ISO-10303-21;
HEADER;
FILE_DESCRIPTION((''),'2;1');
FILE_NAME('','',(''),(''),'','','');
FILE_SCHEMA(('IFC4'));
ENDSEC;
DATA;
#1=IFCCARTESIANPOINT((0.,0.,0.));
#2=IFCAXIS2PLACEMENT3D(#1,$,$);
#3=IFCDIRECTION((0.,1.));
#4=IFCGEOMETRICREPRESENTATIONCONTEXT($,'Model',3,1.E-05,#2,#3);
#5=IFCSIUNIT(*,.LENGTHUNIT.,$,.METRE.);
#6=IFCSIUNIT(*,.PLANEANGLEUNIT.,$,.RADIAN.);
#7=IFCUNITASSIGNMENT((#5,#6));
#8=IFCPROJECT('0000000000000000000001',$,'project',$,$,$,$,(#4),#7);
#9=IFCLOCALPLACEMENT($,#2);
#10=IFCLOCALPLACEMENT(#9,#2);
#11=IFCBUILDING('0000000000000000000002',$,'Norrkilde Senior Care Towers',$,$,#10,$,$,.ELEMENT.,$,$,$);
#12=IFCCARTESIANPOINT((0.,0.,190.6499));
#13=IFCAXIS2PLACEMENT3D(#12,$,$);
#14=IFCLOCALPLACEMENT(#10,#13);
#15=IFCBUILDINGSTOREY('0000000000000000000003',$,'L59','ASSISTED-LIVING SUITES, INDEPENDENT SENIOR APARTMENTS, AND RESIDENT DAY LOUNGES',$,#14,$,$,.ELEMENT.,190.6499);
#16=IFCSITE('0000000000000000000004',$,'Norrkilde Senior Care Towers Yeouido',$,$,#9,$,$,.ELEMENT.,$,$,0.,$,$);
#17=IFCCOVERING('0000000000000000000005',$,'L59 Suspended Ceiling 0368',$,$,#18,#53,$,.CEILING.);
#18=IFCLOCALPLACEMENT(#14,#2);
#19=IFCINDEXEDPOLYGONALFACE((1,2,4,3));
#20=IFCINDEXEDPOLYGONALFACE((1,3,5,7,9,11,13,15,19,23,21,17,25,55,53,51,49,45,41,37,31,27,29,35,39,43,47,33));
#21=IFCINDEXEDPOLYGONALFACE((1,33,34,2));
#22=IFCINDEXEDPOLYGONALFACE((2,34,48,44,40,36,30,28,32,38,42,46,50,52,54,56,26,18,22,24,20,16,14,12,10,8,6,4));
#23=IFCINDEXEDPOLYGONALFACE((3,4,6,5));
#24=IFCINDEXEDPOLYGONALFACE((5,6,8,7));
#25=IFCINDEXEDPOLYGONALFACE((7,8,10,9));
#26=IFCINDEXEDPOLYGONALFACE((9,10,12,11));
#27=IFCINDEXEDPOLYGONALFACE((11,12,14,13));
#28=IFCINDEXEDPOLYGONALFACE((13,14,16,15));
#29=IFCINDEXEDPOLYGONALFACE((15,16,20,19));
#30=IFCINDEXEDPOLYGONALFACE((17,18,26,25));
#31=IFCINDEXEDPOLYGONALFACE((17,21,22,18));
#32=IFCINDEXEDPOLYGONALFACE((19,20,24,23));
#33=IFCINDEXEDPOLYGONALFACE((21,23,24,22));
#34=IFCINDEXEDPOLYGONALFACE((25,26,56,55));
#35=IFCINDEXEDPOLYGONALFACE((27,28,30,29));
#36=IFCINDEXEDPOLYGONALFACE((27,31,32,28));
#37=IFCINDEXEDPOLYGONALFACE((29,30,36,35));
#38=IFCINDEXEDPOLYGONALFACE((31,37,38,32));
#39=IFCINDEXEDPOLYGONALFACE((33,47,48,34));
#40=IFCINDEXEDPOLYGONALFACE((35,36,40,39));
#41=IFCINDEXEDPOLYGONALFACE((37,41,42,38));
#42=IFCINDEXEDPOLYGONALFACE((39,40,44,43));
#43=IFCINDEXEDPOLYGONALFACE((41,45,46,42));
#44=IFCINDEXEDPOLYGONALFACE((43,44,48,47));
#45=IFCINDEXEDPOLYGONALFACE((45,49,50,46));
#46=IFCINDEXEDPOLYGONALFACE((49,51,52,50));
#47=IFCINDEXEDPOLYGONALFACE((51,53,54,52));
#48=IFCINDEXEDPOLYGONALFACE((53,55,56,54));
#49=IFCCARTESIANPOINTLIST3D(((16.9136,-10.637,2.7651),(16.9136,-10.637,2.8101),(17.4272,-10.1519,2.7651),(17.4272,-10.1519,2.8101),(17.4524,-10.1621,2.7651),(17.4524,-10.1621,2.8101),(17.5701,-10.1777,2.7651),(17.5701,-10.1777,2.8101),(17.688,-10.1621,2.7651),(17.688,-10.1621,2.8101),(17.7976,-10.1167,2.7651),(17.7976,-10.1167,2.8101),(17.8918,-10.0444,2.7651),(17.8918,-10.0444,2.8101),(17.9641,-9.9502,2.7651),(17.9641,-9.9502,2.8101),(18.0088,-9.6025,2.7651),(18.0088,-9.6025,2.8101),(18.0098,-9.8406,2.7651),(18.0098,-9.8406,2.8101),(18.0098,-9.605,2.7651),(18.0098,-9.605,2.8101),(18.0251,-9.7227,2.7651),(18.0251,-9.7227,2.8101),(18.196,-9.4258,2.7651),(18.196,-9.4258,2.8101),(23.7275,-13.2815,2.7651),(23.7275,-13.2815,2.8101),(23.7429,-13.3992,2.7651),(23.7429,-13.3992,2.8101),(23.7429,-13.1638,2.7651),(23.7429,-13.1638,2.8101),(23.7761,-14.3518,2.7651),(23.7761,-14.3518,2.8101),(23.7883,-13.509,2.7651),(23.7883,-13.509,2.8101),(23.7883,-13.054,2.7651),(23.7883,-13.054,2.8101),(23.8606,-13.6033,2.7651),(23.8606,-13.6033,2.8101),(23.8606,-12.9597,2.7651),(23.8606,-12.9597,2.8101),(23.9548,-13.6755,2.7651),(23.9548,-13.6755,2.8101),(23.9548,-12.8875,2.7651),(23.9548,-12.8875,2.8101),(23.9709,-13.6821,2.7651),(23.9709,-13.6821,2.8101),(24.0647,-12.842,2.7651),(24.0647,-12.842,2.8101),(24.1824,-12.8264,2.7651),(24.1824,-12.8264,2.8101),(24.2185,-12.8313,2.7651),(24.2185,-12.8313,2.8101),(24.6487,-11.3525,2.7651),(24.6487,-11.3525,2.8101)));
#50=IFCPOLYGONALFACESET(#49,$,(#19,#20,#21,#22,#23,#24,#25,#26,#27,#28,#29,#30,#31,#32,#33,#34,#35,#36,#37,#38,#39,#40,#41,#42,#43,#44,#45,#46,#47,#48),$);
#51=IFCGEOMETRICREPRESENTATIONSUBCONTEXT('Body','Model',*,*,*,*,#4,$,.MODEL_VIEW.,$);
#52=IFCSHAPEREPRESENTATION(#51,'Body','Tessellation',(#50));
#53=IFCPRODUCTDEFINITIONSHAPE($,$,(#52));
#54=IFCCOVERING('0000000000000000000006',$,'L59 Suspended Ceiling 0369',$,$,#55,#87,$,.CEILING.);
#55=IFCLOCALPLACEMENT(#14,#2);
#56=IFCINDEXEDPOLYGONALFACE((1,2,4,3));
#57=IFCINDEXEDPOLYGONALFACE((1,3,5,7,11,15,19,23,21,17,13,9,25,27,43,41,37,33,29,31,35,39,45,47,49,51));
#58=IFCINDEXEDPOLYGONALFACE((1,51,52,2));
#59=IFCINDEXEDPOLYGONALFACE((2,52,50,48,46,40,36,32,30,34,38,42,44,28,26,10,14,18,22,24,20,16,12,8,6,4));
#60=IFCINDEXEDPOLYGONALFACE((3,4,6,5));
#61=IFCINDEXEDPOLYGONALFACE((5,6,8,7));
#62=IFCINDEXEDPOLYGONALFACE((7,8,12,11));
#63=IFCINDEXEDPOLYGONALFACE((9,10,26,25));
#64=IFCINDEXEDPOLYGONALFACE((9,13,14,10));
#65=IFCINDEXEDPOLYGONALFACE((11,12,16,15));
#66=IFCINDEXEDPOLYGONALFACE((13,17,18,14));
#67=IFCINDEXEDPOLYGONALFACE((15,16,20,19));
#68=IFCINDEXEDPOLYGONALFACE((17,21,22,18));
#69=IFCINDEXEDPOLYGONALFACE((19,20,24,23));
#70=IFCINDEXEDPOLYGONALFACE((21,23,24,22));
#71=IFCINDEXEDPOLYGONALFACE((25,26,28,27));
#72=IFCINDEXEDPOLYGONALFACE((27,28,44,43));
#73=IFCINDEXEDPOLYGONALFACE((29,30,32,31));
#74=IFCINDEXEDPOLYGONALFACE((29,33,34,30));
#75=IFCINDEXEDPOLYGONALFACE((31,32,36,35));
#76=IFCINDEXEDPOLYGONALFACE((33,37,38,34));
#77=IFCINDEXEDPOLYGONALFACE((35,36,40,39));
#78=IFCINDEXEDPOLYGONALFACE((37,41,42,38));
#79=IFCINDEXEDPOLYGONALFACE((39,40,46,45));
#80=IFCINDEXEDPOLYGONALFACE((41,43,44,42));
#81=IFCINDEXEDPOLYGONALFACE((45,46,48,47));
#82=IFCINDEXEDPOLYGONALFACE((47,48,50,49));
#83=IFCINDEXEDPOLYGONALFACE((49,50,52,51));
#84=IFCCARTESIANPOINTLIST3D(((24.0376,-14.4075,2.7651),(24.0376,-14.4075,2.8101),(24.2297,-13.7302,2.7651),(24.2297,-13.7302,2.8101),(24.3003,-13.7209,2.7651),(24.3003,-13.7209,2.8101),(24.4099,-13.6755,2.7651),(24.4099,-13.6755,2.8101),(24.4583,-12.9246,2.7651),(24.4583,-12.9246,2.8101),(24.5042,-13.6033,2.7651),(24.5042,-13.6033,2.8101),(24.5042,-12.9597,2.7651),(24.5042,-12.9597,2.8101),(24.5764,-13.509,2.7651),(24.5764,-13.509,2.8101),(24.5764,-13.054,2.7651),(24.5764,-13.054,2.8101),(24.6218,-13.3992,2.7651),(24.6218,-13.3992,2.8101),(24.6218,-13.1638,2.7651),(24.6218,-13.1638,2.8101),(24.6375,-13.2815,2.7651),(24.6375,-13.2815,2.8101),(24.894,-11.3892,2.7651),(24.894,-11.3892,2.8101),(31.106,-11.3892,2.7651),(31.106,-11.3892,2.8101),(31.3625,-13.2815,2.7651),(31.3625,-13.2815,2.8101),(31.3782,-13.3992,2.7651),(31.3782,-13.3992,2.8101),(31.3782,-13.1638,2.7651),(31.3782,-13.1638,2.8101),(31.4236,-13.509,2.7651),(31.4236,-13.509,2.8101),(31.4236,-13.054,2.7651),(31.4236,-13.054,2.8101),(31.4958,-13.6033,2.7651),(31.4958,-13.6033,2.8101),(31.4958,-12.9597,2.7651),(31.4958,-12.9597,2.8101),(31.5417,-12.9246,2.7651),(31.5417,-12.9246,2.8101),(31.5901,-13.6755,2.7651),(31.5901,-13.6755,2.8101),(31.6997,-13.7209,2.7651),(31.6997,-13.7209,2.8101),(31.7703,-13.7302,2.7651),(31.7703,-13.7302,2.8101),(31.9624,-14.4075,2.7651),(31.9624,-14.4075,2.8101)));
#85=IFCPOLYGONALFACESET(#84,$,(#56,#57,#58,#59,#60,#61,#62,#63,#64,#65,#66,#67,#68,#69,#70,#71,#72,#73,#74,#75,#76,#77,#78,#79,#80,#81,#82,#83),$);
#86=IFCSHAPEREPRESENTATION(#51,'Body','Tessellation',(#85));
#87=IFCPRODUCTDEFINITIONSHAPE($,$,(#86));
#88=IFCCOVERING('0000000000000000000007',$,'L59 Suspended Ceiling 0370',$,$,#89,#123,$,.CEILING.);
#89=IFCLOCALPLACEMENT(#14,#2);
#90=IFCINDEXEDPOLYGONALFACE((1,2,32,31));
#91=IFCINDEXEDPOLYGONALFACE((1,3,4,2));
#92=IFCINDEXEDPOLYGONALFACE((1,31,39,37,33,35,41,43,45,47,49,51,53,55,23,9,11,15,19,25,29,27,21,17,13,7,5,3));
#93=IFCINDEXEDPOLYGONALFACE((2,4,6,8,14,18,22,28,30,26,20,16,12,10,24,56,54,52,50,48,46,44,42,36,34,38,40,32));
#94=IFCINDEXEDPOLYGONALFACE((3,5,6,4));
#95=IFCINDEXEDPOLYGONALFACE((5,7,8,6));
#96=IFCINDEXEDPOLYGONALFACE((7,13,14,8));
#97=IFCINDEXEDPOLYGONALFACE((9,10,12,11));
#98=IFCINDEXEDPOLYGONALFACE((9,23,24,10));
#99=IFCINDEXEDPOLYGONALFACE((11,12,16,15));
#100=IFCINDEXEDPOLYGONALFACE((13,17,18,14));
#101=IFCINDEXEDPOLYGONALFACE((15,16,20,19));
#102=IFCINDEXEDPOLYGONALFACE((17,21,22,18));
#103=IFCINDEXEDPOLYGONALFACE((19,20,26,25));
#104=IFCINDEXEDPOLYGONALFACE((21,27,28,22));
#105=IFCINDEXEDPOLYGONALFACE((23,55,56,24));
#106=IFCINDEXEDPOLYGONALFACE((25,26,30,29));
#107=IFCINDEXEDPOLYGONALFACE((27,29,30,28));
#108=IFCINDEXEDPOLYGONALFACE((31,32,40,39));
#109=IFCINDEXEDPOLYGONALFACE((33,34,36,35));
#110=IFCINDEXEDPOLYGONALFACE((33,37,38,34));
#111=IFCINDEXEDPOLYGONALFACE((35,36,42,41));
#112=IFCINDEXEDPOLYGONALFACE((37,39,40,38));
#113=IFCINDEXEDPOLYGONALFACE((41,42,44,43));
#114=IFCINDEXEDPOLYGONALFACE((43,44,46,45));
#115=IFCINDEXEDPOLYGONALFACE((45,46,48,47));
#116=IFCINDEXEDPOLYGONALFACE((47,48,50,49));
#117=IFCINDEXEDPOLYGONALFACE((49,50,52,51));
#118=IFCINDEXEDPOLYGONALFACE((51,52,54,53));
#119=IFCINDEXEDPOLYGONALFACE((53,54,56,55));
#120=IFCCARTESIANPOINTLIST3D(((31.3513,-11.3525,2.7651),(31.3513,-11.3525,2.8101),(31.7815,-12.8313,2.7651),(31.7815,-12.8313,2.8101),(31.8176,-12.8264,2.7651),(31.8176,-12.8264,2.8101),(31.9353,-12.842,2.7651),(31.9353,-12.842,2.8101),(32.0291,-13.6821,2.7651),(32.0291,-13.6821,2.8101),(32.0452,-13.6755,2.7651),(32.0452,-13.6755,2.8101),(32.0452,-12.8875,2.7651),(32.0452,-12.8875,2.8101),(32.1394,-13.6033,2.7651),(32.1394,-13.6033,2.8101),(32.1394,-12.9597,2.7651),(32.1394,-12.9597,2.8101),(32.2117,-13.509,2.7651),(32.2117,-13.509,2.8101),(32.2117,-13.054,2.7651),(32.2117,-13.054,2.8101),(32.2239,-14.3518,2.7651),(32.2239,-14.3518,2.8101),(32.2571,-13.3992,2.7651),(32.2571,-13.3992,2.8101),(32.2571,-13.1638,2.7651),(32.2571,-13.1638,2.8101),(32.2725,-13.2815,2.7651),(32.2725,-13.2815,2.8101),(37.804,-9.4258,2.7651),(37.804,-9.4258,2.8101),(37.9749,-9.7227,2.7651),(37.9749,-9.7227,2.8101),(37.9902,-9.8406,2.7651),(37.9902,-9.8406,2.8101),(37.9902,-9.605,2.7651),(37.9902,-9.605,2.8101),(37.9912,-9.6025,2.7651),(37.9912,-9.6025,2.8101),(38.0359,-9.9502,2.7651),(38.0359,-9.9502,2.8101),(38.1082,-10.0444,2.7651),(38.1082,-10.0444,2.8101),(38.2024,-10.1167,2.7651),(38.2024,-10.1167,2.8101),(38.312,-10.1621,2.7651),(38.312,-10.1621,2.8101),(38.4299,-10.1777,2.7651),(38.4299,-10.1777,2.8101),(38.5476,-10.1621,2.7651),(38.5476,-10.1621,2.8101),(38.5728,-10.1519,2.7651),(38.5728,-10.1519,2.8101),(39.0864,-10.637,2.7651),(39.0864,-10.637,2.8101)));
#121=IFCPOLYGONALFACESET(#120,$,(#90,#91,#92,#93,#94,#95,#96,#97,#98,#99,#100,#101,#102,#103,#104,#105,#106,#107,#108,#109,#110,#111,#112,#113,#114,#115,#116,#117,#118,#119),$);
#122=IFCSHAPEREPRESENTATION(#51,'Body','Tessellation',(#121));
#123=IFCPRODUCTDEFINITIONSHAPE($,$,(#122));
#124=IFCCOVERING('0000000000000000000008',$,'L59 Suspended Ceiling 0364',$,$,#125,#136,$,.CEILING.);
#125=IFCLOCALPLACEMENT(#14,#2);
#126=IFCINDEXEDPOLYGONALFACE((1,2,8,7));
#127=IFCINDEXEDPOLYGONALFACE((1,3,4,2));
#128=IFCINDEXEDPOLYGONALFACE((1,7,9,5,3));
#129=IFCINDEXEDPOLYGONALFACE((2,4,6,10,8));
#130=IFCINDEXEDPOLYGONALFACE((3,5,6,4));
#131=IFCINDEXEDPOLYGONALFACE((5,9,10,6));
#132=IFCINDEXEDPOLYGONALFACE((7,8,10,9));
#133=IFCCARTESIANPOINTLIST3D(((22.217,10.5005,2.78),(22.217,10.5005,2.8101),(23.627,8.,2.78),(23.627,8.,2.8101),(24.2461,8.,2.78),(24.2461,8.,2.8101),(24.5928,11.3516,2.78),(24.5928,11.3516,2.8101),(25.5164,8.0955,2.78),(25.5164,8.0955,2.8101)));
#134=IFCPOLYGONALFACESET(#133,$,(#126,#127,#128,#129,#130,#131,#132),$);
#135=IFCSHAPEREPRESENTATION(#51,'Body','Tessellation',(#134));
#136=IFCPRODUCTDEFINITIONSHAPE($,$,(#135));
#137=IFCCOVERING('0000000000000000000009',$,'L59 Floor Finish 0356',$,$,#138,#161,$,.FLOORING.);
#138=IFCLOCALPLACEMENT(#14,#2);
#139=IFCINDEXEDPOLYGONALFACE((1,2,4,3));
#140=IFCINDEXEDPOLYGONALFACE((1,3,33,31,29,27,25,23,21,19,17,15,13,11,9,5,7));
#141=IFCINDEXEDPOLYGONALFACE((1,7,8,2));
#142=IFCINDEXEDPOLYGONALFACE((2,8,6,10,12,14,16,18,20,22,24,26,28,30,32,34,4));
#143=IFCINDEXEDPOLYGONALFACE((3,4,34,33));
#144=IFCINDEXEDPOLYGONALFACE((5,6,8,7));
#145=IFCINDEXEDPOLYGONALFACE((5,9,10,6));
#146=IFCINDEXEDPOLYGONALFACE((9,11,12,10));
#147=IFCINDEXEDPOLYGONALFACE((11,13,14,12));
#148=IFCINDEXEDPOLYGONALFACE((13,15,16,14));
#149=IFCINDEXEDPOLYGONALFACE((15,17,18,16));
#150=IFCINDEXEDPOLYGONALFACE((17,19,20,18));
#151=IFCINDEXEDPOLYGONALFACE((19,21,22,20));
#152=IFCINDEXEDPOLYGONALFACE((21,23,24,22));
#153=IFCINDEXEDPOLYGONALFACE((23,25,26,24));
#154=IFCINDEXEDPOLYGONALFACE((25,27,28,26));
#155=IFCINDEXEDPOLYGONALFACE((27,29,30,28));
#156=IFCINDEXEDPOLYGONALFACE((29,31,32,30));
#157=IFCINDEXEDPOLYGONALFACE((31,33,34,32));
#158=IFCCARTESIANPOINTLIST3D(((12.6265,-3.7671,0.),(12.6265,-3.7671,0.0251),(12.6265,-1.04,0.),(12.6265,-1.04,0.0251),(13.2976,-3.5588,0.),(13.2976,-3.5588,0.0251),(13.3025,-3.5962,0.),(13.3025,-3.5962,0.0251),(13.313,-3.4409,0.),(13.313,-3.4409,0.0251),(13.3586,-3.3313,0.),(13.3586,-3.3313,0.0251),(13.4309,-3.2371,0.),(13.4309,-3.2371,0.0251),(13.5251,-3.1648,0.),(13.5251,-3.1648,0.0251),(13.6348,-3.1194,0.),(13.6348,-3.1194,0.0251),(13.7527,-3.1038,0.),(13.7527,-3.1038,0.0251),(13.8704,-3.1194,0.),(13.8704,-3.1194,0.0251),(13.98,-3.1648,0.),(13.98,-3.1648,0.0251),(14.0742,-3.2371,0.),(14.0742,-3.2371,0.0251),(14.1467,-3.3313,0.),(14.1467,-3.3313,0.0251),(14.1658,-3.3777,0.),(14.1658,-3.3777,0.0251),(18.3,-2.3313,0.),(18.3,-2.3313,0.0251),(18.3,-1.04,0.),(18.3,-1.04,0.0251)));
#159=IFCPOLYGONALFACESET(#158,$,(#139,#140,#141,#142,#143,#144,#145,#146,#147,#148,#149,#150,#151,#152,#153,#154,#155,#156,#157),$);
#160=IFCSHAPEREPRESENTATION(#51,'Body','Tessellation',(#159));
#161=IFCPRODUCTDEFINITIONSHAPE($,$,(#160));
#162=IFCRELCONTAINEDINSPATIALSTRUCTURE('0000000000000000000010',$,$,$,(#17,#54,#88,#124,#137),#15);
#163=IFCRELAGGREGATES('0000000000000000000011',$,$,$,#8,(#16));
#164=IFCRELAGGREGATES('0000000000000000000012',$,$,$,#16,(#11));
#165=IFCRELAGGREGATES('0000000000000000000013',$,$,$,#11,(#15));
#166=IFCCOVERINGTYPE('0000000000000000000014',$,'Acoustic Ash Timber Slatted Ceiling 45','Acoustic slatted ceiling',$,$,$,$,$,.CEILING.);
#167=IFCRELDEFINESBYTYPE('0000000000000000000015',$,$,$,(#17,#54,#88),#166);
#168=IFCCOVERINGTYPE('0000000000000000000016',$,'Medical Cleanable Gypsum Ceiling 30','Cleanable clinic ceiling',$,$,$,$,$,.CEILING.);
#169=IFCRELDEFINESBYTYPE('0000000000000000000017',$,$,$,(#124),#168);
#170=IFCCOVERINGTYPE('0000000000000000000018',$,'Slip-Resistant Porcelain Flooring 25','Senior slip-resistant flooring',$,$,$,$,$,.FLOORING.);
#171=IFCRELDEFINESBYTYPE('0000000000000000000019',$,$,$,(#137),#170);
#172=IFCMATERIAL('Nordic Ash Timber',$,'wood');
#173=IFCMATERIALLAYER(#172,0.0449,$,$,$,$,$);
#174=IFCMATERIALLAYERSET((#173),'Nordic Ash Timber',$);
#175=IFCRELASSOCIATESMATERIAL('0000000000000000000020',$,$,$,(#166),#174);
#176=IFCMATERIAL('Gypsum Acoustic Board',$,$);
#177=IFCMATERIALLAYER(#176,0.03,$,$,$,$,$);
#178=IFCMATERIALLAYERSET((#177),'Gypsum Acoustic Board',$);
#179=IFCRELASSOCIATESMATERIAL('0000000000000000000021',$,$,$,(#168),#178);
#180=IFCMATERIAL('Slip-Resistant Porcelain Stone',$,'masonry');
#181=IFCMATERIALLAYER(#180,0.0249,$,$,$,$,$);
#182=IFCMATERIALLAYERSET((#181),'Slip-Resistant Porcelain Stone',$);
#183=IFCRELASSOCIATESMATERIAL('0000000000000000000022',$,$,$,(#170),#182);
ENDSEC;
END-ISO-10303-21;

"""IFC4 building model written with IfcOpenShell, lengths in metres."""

from ifc_helpers import new_model, si_unit, direction, frame, origin, place, context, subcontext, project, spatial, polyline, outline, extrude, material, layer, layer_set, type_object, element, save


model = new_model("IFC4")

# Units and contexts
model_context = context("Model", 3, precision=1e-05, world=origin(), true_north=direction((0.0, 1.0)))
body_context = subcontext(model_context, "Body", "Model", "MODEL_VIEW")
ifc_project = project(units=[si_unit("LENGTHUNIT", "METRE"), si_unit("PLANEANGLEUNIT", "RADIAN")], contexts=[model_context])

# Site, building, storey
site_placement = place(None, origin())
site = spatial("IfcSite", under=ifc_project, at=site_placement, Name="Norrkilde Senior Care Towers Yeouido", CompositionType="ELEMENT", RefElevation=0.0)
building_placement = place(site_placement, origin())
building = spatial("IfcBuilding", under=site, at=building_placement, Name="Norrkilde Senior Care Towers", CompositionType="ELEMENT")
storey_placement = place(building_placement, frame((0.0, 0.0, 190.6499)))
storey = spatial("IfcBuildingStorey", under=building, at=storey_placement, Name="L59", Description="ASSISTED-LIVING SUITES, INDEPENDENT SENIOR APARTMENTS, AND RESIDENT DAY LOUNGES", CompositionType="ELEMENT", Elevation=190.6499)

# Coverings
ifc_material_1 = material(Name="Nordic Ash Timber", Category="wood")
ifc_layer_1 = layer(ifc_material_1, 0.0449)
ifc_layer_set_1 = layer_set([ifc_layer_1], Name="Nordic Ash Timber")
covering_type_1 = type_object("IfcCoveringType", Name="Acoustic Ash Timber Slatted Ceiling 45", Description="Acoustic slatted ceiling", PredefinedType="CEILING", material=ifc_layer_set_1)
covering_1_placement = place(storey_placement, frame((0.0, 0.0, 2.7651)))
element("IfcCovering", 1, at=covering_1_placement, inside=storey, type_object=covering_type_1, Name="L59 Suspended Ceiling 0368", PredefinedType="CEILING", context=body_context, shape_type="SweptSolid", body=[
    extrude(outline(polyline([(17.4524, -10.1621), (17.5701, -10.1777), (17.688, -10.1621), (17.7976, -10.1167), (17.8918, -10.0444), (17.9641, -9.9502), (18.0098, -9.8406), (18.0251, -9.7227), (18.0098, -9.605), (18.0088, -9.6025), (18.196, -9.4258), (24.6487, -11.3525), (24.2185, -12.8313), (24.1824, -12.8264), (24.0647, -12.842), (23.9548, -12.8875), (23.8606, -12.9597), (23.7883, -13.054), (23.7429, -13.1638), (23.7275, -13.2815), (23.7429, -13.3992), (23.7883, -13.509), (23.8606, -13.6033), (23.9548, -13.6755), (23.9709, -13.6821), (23.7761, -14.3518), (16.9136, -10.637), (17.4272, -10.1519), (17.4524, -10.1621)])), origin(), (0.0, 0.0, 1.0), 0.0449),
])
covering_2_placement = place(storey_placement, frame((0.0, 0.0, 2.7651)))
element("IfcCovering", 2, at=covering_2_placement, inside=storey, type_object=covering_type_1, Name="L59 Suspended Ceiling 0369", PredefinedType="CEILING", context=body_context, shape_type="SweptSolid", body=[
    extrude(outline(polyline([(24.2297, -13.7302), (24.3003, -13.7209), (24.4099, -13.6755), (24.5042, -13.6033), (24.5764, -13.509), (24.6218, -13.3992), (24.6375, -13.2815), (24.6218, -13.1638), (24.5764, -13.054), (24.5042, -12.9597), (24.4583, -12.9246), (24.894, -11.3892), (31.106, -11.3892), (31.5417, -12.9246), (31.4958, -12.9597), (31.4236, -13.054), (31.3782, -13.1638), (31.3625, -13.2815), (31.3782, -13.3992), (31.4236, -13.509), (31.4958, -13.6033), (31.5901, -13.6755), (31.6997, -13.7209), (31.7703, -13.7302), (31.9624, -14.4075), (24.0376, -14.4075), (24.2297, -13.7302)])), origin(), (0.0, 0.0, 1.0), 0.0449),
])
covering_3_placement = place(storey_placement, frame((0.0, 0.0, 2.7651)))
element("IfcCovering", 3, at=covering_3_placement, inside=storey, type_object=covering_type_1, Name="L59 Suspended Ceiling 0370", PredefinedType="CEILING", context=body_context, shape_type="SweptSolid", body=[
    extrude(outline(polyline([(32.2239, -14.3518), (32.0291, -13.6821), (32.0452, -13.6755), (32.1394, -13.6033), (32.2117, -13.509), (32.2571, -13.3992), (32.2725, -13.2815), (32.2571, -13.1638), (32.2117, -13.054), (32.1394, -12.9597), (32.0452, -12.8875), (31.9353, -12.842), (31.8176, -12.8264), (31.7815, -12.8313), (31.3513, -11.3525), (37.804, -9.4258), (37.9912, -9.6025), (37.9902, -9.605), (37.9749, -9.7227), (37.9902, -9.8406), (38.0359, -9.9502), (38.1082, -10.0444), (38.2024, -10.1167), (38.312, -10.1621), (38.4299, -10.1777), (38.5476, -10.1621), (38.5728, -10.1519), (39.0864, -10.637), (32.2239, -14.3518)])), origin(), (0.0, 0.0, 1.0), 0.0449),
])
ifc_material_2 = material(Name="Gypsum Acoustic Board")
ifc_layer_2 = layer(ifc_material_2, 0.03)
ifc_layer_set_2 = layer_set([ifc_layer_2], Name="Gypsum Acoustic Board")
covering_type_2 = type_object("IfcCoveringType", Name="Medical Cleanable Gypsum Ceiling 30", Description="Cleanable clinic ceiling", PredefinedType="CEILING", material=ifc_layer_set_2)
covering_4_placement = place(storey_placement, frame((0.0, 0.0, 2.78)))
element("IfcCovering", 4, at=covering_4_placement, inside=storey, type_object=covering_type_2, Name="L59 Suspended Ceiling 0364", PredefinedType="CEILING", context=body_context, shape_type="SweptSolid", body=[
    extrude(outline(polyline([(22.217, 10.5005), (24.5928, 11.3516), (25.5164, 8.0955), (24.2461, 8.0), (23.627, 8.0), (22.217, 10.5005)])), origin(), (0.0, 0.0, 1.0), 0.03),
])
ifc_material_3 = material(Name="Slip-Resistant Porcelain Stone", Category="masonry")
ifc_layer_3 = layer(ifc_material_3, 0.0249)
ifc_layer_set_3 = layer_set([ifc_layer_3], Name="Slip-Resistant Porcelain Stone")
covering_type_3 = type_object("IfcCoveringType", Name="Slip-Resistant Porcelain Flooring 25", Description="Senior slip-resistant flooring", PredefinedType="FLOORING", material=ifc_layer_set_3)
covering_5_placement = place(storey_placement, origin())
element("IfcCovering", 5, at=covering_5_placement, inside=storey, type_object=covering_type_3, Name="L59 Floor Finish 0356", PredefinedType="FLOORING", context=body_context, shape_type="SweptSolid", body=[
    extrude(outline(polyline([(18.3, -1.04), (18.3, -2.3313), (14.1658, -3.3777), (14.1467, -3.3313), (14.0742, -3.2371), (13.98, -3.1648), (13.8704, -3.1194), (13.7527, -3.1038), (13.6348, -3.1194), (13.5251, -3.1648), (13.4309, -3.2371), (13.3586, -3.3313), (13.313, -3.4409), (13.2976, -3.5588), (13.3025, -3.5962), (12.6265, -3.7671), (12.6265, -1.04), (18.3, -1.04)])), origin(), (0.0, 0.0, 1.0), 0.0251),
])

save(model, "model.ifc")
